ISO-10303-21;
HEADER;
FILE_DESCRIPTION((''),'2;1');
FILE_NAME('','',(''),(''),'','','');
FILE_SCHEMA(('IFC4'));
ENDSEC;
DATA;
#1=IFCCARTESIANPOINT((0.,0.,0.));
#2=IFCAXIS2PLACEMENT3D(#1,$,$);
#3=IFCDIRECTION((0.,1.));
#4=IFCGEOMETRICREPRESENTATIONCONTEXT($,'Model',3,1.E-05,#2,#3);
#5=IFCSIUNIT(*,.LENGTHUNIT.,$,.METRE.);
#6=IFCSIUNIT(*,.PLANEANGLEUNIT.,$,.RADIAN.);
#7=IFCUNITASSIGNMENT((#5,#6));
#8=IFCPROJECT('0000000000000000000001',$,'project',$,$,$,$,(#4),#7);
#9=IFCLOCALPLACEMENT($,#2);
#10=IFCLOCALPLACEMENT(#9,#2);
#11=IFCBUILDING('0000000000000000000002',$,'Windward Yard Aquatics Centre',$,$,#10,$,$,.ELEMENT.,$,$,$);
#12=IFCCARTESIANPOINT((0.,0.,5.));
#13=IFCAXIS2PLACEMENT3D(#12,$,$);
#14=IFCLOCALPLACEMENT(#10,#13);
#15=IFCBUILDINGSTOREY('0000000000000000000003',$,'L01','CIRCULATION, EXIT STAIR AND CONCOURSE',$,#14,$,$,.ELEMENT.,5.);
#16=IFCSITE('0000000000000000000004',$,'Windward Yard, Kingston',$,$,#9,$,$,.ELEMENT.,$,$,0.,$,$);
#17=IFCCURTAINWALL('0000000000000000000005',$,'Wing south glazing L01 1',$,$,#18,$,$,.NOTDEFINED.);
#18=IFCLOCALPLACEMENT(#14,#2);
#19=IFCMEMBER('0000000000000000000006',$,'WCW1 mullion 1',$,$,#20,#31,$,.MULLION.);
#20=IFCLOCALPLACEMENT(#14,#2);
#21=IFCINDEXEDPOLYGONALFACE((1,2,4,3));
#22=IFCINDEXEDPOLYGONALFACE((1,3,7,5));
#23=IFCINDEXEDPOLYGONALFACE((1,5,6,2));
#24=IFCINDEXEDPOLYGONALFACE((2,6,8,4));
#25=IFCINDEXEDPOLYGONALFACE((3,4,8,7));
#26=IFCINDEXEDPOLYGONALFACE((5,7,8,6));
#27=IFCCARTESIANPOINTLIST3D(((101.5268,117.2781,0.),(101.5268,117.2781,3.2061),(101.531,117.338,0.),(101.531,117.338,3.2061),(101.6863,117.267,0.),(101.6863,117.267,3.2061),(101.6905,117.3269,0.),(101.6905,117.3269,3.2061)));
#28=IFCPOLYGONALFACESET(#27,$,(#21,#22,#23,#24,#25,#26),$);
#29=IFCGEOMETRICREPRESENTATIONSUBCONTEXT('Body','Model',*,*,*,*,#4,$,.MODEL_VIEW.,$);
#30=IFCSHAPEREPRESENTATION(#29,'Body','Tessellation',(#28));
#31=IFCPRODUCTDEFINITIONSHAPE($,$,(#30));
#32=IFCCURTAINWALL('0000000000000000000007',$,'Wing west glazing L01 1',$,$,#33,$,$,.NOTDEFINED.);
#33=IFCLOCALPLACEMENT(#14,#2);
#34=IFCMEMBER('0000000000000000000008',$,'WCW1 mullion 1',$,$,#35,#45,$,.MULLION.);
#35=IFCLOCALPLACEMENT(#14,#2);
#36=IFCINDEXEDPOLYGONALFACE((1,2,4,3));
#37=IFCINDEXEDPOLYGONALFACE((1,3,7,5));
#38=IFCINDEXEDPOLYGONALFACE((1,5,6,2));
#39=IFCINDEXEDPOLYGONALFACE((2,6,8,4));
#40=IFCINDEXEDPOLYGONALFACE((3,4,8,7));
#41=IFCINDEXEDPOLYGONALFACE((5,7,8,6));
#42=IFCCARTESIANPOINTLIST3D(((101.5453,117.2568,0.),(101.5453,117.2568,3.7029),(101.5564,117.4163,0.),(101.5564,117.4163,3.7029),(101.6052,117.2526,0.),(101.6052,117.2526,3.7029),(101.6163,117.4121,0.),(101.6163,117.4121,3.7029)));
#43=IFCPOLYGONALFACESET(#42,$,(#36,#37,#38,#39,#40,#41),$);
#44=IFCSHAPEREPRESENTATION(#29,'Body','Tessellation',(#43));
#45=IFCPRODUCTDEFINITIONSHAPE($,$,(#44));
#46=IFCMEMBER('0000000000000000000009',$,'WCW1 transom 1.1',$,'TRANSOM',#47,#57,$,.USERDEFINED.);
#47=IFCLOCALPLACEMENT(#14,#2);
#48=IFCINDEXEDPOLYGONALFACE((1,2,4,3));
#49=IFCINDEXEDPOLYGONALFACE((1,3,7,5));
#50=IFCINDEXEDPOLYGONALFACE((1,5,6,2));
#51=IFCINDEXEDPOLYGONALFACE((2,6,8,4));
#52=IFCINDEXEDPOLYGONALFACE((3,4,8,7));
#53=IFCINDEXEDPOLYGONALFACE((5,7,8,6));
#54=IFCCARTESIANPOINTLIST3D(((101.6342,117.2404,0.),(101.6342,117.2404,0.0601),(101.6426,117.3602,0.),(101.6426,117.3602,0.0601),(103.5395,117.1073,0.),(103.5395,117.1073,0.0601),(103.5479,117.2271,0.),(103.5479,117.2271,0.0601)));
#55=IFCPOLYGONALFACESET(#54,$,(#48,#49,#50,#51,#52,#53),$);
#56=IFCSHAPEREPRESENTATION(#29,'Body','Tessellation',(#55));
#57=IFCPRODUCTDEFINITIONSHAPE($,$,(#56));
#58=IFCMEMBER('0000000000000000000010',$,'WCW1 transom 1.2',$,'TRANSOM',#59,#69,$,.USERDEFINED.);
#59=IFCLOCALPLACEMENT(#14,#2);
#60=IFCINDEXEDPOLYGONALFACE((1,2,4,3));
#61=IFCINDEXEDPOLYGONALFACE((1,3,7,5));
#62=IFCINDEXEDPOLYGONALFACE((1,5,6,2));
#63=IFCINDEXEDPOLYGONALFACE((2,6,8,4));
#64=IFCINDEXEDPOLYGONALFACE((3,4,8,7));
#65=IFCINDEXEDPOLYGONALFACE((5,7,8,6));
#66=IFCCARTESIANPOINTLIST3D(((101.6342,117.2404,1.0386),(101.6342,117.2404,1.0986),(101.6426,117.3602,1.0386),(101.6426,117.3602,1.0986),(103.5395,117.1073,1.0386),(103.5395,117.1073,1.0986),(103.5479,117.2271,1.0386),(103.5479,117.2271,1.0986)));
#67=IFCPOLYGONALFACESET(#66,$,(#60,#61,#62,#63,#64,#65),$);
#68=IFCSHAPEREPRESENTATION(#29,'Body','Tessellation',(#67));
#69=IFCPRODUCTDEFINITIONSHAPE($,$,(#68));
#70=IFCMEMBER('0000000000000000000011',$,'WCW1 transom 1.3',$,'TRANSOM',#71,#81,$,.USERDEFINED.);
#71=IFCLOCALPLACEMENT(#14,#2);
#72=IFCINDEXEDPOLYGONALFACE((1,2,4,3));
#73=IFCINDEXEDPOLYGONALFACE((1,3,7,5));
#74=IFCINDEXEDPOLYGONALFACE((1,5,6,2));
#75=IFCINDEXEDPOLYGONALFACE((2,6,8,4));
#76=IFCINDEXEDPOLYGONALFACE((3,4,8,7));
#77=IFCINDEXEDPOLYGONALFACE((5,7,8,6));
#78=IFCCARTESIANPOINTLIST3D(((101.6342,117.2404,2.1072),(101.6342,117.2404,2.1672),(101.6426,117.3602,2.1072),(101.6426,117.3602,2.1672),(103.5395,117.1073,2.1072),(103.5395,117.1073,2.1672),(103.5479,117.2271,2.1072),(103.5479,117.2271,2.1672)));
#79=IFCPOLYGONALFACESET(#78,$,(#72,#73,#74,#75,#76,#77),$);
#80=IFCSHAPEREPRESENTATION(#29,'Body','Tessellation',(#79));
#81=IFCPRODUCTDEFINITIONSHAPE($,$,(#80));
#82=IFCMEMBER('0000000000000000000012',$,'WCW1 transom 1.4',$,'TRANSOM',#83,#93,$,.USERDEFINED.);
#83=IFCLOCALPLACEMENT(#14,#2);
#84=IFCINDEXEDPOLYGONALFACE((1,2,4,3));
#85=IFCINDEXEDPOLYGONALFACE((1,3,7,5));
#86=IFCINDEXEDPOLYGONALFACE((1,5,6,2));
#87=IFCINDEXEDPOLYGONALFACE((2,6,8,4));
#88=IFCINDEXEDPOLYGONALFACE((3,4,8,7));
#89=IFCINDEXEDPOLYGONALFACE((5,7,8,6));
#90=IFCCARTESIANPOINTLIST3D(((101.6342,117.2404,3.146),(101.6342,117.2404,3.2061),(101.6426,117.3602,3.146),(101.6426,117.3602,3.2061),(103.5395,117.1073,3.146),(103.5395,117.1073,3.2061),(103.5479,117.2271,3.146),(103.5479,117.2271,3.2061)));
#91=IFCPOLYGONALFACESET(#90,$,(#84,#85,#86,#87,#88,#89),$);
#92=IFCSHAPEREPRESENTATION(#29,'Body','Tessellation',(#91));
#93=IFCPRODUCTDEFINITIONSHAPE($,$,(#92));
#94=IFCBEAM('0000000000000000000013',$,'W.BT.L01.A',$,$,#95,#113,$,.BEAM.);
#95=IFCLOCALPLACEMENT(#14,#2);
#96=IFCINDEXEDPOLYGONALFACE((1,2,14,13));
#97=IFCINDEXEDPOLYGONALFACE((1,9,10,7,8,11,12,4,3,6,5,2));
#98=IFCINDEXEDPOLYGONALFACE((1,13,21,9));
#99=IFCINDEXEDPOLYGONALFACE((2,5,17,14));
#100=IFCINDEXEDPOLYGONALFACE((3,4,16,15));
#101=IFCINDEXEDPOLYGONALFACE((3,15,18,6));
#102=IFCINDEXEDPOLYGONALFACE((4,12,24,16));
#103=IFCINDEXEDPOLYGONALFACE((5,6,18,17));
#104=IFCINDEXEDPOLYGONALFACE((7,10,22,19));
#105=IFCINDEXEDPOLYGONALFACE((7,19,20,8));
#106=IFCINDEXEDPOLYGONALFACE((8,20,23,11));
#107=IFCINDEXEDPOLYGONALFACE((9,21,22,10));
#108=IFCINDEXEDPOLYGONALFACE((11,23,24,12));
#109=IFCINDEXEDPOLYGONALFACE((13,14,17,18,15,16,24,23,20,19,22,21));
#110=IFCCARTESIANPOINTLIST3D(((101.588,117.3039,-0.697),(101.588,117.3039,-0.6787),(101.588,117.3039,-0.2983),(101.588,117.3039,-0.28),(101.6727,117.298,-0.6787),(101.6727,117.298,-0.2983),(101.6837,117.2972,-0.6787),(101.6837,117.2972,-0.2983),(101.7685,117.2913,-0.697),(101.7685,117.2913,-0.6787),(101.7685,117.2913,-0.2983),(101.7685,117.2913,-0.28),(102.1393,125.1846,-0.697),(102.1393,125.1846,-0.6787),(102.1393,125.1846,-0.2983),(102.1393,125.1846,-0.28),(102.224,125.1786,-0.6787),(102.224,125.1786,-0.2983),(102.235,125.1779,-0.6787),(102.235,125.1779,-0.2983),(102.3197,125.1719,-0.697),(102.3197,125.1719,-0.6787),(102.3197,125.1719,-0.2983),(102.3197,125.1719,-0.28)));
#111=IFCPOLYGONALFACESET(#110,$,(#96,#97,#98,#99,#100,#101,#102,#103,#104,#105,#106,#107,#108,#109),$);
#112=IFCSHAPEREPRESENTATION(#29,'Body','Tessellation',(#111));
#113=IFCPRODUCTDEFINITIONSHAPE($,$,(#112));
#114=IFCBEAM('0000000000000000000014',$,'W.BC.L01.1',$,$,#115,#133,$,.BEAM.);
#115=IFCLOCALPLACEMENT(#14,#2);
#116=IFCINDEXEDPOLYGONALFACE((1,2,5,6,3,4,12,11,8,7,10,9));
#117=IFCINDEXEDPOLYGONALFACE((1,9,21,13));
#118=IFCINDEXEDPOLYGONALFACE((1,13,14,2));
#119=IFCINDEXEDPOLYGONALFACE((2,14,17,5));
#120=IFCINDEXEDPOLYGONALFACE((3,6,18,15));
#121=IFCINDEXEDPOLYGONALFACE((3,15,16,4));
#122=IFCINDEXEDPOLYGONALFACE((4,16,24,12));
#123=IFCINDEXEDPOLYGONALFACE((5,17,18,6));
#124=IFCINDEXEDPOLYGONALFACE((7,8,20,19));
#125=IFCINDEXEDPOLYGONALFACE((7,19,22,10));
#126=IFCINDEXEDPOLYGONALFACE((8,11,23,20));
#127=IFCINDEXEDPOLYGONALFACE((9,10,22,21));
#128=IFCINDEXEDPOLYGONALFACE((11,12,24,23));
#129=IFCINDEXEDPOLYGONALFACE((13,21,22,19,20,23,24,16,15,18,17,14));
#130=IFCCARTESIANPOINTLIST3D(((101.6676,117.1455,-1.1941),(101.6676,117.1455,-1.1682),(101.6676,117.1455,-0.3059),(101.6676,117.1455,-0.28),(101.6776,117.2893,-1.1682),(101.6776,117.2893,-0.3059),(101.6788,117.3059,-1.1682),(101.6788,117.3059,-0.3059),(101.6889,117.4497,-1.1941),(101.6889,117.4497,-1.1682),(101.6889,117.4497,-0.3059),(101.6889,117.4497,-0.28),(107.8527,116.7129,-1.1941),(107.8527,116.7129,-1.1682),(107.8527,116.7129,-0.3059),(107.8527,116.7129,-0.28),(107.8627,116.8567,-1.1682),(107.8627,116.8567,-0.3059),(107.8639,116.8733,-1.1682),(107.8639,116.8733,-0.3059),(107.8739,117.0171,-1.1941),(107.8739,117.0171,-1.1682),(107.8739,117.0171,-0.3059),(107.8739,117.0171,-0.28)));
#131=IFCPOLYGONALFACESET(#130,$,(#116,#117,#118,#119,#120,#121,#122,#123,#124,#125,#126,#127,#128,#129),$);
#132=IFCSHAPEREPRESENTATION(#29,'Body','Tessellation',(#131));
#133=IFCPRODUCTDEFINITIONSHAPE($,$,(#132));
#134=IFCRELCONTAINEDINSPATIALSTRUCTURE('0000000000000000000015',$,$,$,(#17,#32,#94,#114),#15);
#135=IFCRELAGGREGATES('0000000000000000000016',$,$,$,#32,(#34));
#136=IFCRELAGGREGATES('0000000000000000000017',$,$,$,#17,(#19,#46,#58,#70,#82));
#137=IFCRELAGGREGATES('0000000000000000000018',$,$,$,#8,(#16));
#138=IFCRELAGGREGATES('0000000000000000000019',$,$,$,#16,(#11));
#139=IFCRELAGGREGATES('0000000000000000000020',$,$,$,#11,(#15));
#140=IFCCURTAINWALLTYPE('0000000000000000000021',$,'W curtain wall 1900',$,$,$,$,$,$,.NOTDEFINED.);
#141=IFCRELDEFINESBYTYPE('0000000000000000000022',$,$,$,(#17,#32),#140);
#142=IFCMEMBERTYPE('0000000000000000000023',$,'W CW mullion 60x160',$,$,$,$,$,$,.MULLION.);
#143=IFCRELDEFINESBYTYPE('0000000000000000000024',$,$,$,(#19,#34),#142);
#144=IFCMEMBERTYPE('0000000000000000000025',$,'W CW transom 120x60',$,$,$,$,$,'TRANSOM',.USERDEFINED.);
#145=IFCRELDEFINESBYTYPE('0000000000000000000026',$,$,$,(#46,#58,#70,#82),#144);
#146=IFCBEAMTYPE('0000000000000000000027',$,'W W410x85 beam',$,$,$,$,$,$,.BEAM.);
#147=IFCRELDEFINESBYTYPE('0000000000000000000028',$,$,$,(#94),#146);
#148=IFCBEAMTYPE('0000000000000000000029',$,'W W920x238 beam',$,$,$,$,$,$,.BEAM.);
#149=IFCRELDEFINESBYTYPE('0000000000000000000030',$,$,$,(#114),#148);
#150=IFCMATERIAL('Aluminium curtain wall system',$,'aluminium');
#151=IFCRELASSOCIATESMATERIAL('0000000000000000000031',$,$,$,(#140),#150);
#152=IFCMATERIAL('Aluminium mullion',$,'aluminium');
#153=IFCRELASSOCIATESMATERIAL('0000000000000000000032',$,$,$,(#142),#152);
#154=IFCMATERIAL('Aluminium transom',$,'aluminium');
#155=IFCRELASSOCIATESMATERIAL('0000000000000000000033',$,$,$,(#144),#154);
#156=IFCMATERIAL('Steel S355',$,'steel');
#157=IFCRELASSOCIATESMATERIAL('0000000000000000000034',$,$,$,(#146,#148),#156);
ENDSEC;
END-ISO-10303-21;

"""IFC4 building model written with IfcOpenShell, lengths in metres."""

from ifc_helpers import new_model, si_unit, direction, frame, origin, origin_2d, place, context, subcontext, project, spatial, rectangle, i_section, extrude, material, material_profile, profile_set, type_object, element, aggregate, save


model = new_model("IFC4")

# Units and contexts
model_context = context("Model", 3, precision=1e-05, world=origin(), true_north=direction((0.0, 1.0)))
body_context = subcontext(model_context, "Body", "Model", "MODEL_VIEW")
ifc_project = project(units=[si_unit("LENGTHUNIT", "METRE"), si_unit("PLANEANGLEUNIT", "RADIAN")], contexts=[model_context])

# Site, building, storey
site_placement = place(None, origin())
site = spatial("IfcSite", under=ifc_project, at=site_placement, Name="Windward Yard, Kingston", CompositionType="ELEMENT", RefElevation=0.0)
building_placement = place(site_placement, origin())
building = spatial("IfcBuilding", under=site, at=building_placement, Name="Windward Yard Aquatics Centre", CompositionType="ELEMENT")
storey_placement = place(building_placement, frame((0.0, 0.0, 5.0)))
storey = spatial("IfcBuildingStorey", under=building, at=storey_placement, Name="L01", Description="CIRCULATION, EXIT STAIR AND CONCOURSE", CompositionType="ELEMENT", Elevation=5.0)

# Curtain walls, members
ifc_material_1 = material(Name="Aluminium curtain wall system", Category="aluminium")
curtain_wall_type_1 = type_object("IfcCurtainWallType", Name="W curtain wall 1900", PredefinedType="NOTDEFINED", material=ifc_material_1)
curtain_wall_1_placement = place(storey_placement, origin())
curtain_wall_1 = element("IfcCurtainWall", 1, at=curtain_wall_1_placement, inside=storey, type_object=curtain_wall_type_1, Name="Wing south glazing L01 1", PredefinedType="NOTDEFINED")
ifc_material_2 = material(Name="Aluminium mullion", Category="aluminium")
ifc_material_profile_1 = material_profile(ifc_material_2, rectangle(XDim=0.0601, YDim=0.1599, at=origin_2d()), Name="AL 60x160")
ifc_profile_set_1 = profile_set([ifc_material_profile_1], Name="Aluminium mullion")
member_type_1 = type_object("IfcMemberType", Name="W CW mullion 60x160", PredefinedType="MULLION", material=ifc_profile_set_1)
member_1_placement = place(storey_placement, frame((101.6086, 117.3025, 0.0), z_axis=(0.0, 0.0, 1.0), x_axis=(0.069766, 0.997563, 0.0)))
member_1 = element("IfcMember", 2, at=member_1_placement, type_object=member_type_1, Name="WCW1 mullion 1", PredefinedType="MULLION", context=body_context, shape_type="SweptSolid", body=[
    extrude(rectangle(XDim=0.0601, YDim=0.1599, at=origin_2d()), origin(), (0.0, 0.0, 1.0), 3.2061),
])
curtain_wall_2_placement = place(storey_placement, origin())
curtain_wall_2 = element("IfcCurtainWall", 3, at=curtain_wall_2_placement, inside=storey, type_object=curtain_wall_type_1, Name="Wing west glazing L01 1", PredefinedType="NOTDEFINED")
member_2_placement = place(storey_placement, frame((101.5808, 117.3345, 0.0), z_axis=(0.0, 0.0, 1.0), x_axis=(-0.997564, 0.069755, 0.0)))
member_2 = element("IfcMember", 4, at=member_2_placement, type_object=member_type_1, Name="WCW1 mullion 1", PredefinedType="MULLION", context=body_context, shape_type="SweptSolid", body=[
    extrude(rectangle(XDim=0.0601, YDim=0.1599, at=origin_2d()), origin(), (0.0, 0.0, 1.0), 3.7029),
])
aggregate(curtain_wall_2, [member_2])

# Members
ifc_material_3 = material(Name="Aluminium transom", Category="aluminium")
ifc_material_profile_2 = material_profile(ifc_material_3, rectangle(XDim=0.1201, YDim=0.0601, at=origin_2d()), Name="AL 120x60")
ifc_profile_set_2 = profile_set([ifc_material_profile_2], Name="Aluminium transom")
member_type_2 = type_object("IfcMemberType", Name="W CW transom 120x60", ElementType="TRANSOM", PredefinedType="USERDEFINED", material=ifc_profile_set_2)
member_3_placement = place(storey_placement, frame((101.6384, 117.3003, 0.03), z_axis=(0.99757, -0.069666, 0.0), x_axis=(0.069666, 0.99757, 0.0)))
member_3 = element("IfcMember", 5, at=member_3_placement, type_object=member_type_2, Name="WCW1 transom 1.1", ObjectType="TRANSOM", PredefinedType="USERDEFINED", context=body_context, shape_type="SweptSolid", body=[
    extrude(rectangle(XDim=0.1201, YDim=0.0601, at=origin_2d()), origin(), (0.0, 0.0, 1.0), 1.9099),
])
member_4_placement = place(storey_placement, frame((101.6384, 117.3003, 1.0686), z_axis=(0.99757, -0.069666, 0.0), x_axis=(0.069666, 0.99757, 0.0)))
member_4 = element("IfcMember", 6, at=member_4_placement, type_object=member_type_2, Name="WCW1 transom 1.2", ObjectType="TRANSOM", PredefinedType="USERDEFINED", context=body_context, shape_type="SweptSolid", body=[
    extrude(rectangle(XDim=0.1201, YDim=0.0601, at=origin_2d()), origin(), (0.0, 0.0, 1.0), 1.9099),
])
member_5_placement = place(storey_placement, frame((101.6384, 117.3003, 2.1372), z_axis=(0.99757, -0.069666, 0.0), x_axis=(0.069666, 0.99757, 0.0)))
member_5 = element("IfcMember", 7, at=member_5_placement, type_object=member_type_2, Name="WCW1 transom 1.3", ObjectType="TRANSOM", PredefinedType="USERDEFINED", context=body_context, shape_type="SweptSolid", body=[
    extrude(rectangle(XDim=0.1201, YDim=0.0601, at=origin_2d()), origin(), (0.0, 0.0, 1.0), 1.9099),
])
member_6_placement = place(storey_placement, frame((101.6384, 117.3003, 3.176), z_axis=(0.99757, -0.069666, 0.0), x_axis=(0.069666, 0.99757, 0.0)))
member_6 = element("IfcMember", 8, at=member_6_placement, type_object=member_type_2, Name="WCW1 transom 1.4", ObjectType="TRANSOM", PredefinedType="USERDEFINED", context=body_context, shape_type="SweptSolid", body=[
    extrude(rectangle(XDim=0.1201, YDim=0.0601, at=origin_2d()), origin(), (0.0, 0.0, 1.0), 1.9099),
])
aggregate(curtain_wall_1, [member_1, member_3, member_4, member_5, member_6])

# Beams
ifc_material_4 = material(Name="Steel S355", Category="steel")
ifc_material_profile_3 = material_profile(ifc_material_4, i_section(OverallWidth=0.1809, OverallDepth=0.417, WebThickness=0.011, FlangeThickness=0.0183, at=origin_2d()), Name="W410x85")
ifc_profile_set_3 = profile_set([ifc_material_profile_3], Name="Steel S355")
beam_type_1 = type_object("IfcBeamType", Name="W W410x85 beam", PredefinedType="BEAM", material=ifc_profile_set_3)
beam_1_placement = place(storey_placement, frame((101.6782, 117.2976, -0.4885), z_axis=(0.069782, 0.997562, 0.0), x_axis=(-0.997562, 0.069782, 0.0)))
element("IfcBeam", 9, at=beam_1_placement, inside=storey, type_object=beam_type_1, Name="W.BT.L01.A", PredefinedType="BEAM", context=body_context, shape_type="SweptSolid", body=[
    extrude(i_section(OverallWidth=0.1809, OverallDepth=0.417, WebThickness=0.011, FlangeThickness=0.0183, at=origin_2d()), origin(), (0.0, 0.0, 1.0), 7.8999),
])
ifc_material_profile_4 = material_profile(ifc_material_4, i_section(OverallWidth=0.3049, OverallDepth=0.9141, WebThickness=0.0166, FlangeThickness=0.0259, at=origin_2d()), Name="W920x238")
ifc_profile_set_4 = profile_set([ifc_material_profile_4], Name="Steel S355")
beam_type_2 = type_object("IfcBeamType", Name="W W920x238 beam", PredefinedType="BEAM", material=ifc_profile_set_4)
beam_2_placement = place(storey_placement, frame((101.6782, 117.2976, -0.7371), z_axis=(0.997563, -0.069775, 0.0), x_axis=(0.069775, 0.997563, 0.0)))
element("IfcBeam", 10, at=beam_2_placement, inside=storey, type_object=beam_type_2, Name="W.BC.L01.1", PredefinedType="BEAM", context=body_context, shape_type="SweptSolid", body=[
    extrude(i_section(OverallWidth=0.3049, OverallDepth=0.9141, WebThickness=0.0166, FlangeThickness=0.0259, at=origin_2d()), origin(), (0.0, 0.0, 1.0), 6.2002),
])

save(model, "model.ifc")
